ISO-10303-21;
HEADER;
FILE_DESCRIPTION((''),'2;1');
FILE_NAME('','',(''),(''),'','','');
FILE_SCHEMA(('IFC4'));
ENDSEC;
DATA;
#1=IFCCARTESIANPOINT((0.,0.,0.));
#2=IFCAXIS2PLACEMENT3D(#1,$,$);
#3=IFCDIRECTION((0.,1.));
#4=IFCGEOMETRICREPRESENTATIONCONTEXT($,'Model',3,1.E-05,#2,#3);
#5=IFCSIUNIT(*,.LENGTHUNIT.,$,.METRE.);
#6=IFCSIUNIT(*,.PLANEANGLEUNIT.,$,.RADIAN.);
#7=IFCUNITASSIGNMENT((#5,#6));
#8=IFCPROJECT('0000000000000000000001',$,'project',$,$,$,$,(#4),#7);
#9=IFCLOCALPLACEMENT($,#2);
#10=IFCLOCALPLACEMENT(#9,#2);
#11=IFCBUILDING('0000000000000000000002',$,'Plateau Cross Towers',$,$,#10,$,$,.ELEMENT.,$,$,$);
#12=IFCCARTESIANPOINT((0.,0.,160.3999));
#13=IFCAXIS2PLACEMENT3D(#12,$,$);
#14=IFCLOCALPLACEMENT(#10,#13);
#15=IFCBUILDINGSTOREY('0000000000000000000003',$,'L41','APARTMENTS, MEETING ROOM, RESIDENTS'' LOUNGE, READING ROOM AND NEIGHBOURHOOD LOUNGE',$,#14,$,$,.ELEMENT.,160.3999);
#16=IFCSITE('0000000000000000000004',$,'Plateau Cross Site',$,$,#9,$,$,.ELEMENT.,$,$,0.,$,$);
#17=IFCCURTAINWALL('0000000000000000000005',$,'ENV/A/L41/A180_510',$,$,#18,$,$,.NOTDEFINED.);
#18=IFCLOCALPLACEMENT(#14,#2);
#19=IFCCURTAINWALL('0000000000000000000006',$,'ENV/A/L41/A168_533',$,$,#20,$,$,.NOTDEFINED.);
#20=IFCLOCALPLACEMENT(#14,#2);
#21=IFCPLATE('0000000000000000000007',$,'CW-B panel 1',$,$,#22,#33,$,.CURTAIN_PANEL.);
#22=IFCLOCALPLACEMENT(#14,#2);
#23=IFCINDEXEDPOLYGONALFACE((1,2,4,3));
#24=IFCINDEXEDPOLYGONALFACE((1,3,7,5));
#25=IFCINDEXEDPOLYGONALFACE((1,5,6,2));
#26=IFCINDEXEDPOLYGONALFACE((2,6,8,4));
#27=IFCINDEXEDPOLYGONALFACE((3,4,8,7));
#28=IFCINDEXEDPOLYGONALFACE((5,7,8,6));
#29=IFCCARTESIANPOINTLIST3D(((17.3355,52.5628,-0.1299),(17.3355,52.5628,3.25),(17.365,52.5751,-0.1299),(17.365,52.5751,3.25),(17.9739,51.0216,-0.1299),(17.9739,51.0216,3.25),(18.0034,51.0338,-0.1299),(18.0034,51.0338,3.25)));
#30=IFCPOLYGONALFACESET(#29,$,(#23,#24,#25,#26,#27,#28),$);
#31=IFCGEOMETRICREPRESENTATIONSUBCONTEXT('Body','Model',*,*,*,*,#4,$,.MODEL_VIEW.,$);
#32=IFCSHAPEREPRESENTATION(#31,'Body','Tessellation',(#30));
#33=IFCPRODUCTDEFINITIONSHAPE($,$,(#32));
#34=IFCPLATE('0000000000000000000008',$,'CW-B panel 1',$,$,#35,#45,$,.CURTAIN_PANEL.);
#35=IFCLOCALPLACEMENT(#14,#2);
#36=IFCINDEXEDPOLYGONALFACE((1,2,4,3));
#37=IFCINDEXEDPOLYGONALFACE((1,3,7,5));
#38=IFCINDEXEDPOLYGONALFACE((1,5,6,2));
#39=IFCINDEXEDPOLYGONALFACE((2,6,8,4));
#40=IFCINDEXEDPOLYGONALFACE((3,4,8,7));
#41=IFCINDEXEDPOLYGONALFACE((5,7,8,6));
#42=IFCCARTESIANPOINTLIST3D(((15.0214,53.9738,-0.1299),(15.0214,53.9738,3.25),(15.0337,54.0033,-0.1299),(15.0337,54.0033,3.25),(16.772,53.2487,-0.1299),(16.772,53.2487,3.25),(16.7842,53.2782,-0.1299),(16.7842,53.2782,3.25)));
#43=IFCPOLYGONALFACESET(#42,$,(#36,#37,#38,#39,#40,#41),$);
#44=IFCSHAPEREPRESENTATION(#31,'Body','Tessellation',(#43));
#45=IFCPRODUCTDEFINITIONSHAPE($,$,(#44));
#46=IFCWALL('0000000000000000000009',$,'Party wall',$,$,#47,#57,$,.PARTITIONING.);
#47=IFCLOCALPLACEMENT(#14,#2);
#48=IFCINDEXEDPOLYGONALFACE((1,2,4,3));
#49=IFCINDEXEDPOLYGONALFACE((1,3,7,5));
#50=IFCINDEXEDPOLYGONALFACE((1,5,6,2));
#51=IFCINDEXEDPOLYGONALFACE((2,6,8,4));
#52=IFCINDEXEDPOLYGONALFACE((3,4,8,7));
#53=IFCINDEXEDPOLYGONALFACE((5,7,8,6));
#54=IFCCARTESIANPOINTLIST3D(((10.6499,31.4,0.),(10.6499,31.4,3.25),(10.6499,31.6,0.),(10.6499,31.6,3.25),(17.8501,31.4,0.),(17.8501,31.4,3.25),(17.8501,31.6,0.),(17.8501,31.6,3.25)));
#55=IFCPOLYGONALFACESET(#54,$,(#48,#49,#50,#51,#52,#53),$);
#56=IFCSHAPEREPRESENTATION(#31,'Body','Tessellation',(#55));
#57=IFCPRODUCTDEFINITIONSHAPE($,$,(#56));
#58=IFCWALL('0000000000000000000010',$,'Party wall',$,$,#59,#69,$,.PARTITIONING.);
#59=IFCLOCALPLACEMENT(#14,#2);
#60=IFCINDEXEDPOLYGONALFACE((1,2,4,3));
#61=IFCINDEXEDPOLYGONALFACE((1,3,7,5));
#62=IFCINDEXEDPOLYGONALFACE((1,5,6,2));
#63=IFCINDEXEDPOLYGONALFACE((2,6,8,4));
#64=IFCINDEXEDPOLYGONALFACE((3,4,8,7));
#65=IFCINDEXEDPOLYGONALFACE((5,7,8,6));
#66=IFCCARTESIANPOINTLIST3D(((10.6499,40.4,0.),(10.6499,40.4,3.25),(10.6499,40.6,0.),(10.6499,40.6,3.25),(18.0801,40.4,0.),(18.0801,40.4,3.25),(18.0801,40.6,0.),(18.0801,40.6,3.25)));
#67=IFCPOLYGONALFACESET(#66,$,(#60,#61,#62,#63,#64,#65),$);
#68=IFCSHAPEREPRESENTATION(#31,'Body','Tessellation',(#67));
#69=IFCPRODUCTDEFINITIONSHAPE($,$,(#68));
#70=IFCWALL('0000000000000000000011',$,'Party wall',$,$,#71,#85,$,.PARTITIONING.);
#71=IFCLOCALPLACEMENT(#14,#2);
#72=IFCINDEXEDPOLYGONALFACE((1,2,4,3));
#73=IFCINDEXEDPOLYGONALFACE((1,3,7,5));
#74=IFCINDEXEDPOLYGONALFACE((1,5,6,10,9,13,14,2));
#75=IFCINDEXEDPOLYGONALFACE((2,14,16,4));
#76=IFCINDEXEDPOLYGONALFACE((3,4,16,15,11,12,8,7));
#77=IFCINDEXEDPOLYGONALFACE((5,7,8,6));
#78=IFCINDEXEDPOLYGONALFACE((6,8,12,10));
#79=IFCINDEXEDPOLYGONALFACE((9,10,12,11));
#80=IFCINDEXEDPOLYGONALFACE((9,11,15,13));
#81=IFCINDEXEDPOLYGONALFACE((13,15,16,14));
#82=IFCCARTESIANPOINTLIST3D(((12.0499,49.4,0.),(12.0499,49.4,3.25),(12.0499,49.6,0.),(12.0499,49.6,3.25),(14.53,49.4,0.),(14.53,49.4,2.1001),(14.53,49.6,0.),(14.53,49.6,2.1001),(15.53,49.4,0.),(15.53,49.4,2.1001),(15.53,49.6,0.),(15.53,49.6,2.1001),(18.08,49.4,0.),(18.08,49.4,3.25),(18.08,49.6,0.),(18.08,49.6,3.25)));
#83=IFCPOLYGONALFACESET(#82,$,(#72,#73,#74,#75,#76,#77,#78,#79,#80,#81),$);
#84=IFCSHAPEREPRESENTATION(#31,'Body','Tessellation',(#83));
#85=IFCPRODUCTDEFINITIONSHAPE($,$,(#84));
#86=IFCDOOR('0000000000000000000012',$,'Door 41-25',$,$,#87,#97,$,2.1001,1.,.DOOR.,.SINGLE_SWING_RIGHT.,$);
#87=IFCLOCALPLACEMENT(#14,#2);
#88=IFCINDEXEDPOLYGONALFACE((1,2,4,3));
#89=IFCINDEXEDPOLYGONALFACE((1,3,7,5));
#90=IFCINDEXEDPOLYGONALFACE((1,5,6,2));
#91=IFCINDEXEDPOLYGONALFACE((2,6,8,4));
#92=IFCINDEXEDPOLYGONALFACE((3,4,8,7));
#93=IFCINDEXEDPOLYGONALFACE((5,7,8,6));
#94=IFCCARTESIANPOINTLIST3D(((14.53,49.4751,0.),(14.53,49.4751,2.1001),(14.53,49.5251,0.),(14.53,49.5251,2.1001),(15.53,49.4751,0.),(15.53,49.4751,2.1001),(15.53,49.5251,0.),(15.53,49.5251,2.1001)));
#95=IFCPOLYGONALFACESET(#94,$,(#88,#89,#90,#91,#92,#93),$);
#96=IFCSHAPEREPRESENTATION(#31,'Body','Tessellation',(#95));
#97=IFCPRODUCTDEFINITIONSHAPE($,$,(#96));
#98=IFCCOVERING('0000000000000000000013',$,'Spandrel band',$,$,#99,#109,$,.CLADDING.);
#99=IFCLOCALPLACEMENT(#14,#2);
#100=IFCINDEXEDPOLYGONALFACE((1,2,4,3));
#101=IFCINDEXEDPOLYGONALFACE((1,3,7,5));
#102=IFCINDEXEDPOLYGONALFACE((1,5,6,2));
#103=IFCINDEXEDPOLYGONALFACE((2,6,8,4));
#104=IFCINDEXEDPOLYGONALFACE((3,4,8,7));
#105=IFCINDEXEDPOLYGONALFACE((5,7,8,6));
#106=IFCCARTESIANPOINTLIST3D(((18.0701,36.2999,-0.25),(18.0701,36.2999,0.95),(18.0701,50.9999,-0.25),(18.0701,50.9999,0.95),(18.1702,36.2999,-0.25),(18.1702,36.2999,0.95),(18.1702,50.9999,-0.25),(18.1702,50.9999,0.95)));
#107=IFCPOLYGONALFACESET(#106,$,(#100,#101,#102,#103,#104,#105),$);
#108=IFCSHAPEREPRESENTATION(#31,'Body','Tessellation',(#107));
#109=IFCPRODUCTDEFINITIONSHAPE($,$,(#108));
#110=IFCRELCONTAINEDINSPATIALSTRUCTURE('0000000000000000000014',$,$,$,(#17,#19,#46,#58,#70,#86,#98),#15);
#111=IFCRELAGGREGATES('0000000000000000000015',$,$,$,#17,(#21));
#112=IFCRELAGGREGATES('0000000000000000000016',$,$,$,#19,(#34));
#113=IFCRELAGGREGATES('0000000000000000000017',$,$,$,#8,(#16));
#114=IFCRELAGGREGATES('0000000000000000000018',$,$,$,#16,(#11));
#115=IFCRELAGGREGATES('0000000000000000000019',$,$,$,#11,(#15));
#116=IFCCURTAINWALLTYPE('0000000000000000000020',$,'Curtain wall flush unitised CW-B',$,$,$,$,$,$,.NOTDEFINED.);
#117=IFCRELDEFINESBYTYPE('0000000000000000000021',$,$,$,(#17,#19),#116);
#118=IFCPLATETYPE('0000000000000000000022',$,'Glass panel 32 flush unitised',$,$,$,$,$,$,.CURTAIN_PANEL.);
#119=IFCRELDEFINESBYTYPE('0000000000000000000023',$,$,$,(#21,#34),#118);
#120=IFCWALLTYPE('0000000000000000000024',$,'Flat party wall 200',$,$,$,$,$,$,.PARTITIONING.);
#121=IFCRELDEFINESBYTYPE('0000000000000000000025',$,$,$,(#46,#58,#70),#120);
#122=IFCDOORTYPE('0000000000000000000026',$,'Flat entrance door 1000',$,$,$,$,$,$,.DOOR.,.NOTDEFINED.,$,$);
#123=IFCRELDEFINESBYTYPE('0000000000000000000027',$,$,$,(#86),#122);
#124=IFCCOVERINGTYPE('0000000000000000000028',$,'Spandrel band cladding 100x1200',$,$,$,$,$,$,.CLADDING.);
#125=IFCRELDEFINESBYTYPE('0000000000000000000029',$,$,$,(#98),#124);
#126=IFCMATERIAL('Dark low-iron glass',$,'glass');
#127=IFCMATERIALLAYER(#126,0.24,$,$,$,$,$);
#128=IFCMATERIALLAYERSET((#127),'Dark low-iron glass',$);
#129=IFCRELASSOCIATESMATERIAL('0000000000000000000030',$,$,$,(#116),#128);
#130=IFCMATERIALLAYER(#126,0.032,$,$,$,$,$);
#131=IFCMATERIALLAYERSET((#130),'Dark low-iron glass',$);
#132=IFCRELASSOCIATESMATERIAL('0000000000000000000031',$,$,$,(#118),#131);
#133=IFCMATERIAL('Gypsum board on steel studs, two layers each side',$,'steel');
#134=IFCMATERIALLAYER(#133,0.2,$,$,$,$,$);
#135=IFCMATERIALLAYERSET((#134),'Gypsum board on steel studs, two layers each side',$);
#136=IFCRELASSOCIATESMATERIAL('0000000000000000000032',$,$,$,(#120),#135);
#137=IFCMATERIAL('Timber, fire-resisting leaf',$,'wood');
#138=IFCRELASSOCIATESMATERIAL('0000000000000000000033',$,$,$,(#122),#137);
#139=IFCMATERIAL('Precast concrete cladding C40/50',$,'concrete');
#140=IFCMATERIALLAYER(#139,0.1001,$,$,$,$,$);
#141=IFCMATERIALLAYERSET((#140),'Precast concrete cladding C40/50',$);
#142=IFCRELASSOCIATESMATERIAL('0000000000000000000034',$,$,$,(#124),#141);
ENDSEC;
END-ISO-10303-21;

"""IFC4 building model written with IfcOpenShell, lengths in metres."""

from ifc_helpers import new_model, si_unit, direction, frame, frame_2d, origin, origin_2d, place, context, subcontext, project, spatial, rectangle, extrude, material, layer, layer_set, type_object, element, fill, aggregate, save


model = new_model("IFC4")

# Units and contexts
model_context = context("Model", 3, precision=1e-05, world=origin(), true_north=direction((0.0, 1.0)))
body_context = subcontext(model_context, "Body", "Model", "MODEL_VIEW")
ifc_project = project(units=[si_unit("LENGTHUNIT", "METRE"), si_unit("PLANEANGLEUNIT", "RADIAN")], contexts=[model_context])

# Site, building, storey
site_placement = place(None, origin())
site = spatial("IfcSite", under=ifc_project, at=site_placement, Name="Plateau Cross Site", CompositionType="ELEMENT", RefElevation=0.0)
building_placement = place(site_placement, origin())
building = spatial("IfcBuilding", under=site, at=building_placement, Name="Plateau Cross Towers", CompositionType="ELEMENT")
storey_placement = place(building_placement, frame((0.0, 0.0, 160.3999)))
storey = spatial("IfcBuildingStorey", under=building, at=storey_placement, Name="L41", Description="APARTMENTS, MEETING ROOM, RESIDENTS' LOUNGE, READING ROOM AND NEIGHBOURHOOD LOUNGE", CompositionType="ELEMENT", Elevation=160.3999)

# Curtain wall
ifc_material_1 = material(Name="Dark low-iron glass", Category="glass")
ifc_layer_1 = layer(ifc_material_1, 0.24)
ifc_layer_set_1 = layer_set([ifc_layer_1], Name="Dark low-iron glass")
curtain_wall_type = type_object("IfcCurtainWallType", Name="Curtain wall flush unitised CW-B", PredefinedType="NOTDEFINED", material=ifc_layer_set_1)
curtain_wall_1_placement = place(storey_placement, origin())
curtain_wall_1 = element("IfcCurtainWall", 1, at=curtain_wall_1_placement, inside=storey, type_object=curtain_wall_type, Name="ENV/A/L41/A180_510", PredefinedType="NOTDEFINED")

# Curtain wall
curtain_wall_2_placement = place(storey_placement, origin())
curtain_wall_2 = element("IfcCurtainWall", 2, at=curtain_wall_2_placement, inside=storey, type_object=curtain_wall_type, Name="ENV/A/L41/A168_533", PredefinedType="NOTDEFINED")

# Plates
ifc_layer_2 = layer(ifc_material_1, 0.032)
ifc_layer_set_2 = layer_set([ifc_layer_2], Name="Dark low-iron glass")
plate_type = type_object("IfcPlateType", Name="Glass panel 32 flush unitised", PredefinedType="CURTAIN_PANEL", material=ifc_layer_set_2)
plate_1_placement = place(storey_placement, frame((17.6694, 51.7983, -0.1299), z_axis=(0.0, 0.0, 1.0), x_axis=(-0.382684, 0.923879, 0.0)))
plate_1 = element("IfcPlate", 3, at=plate_1_placement, type_object=plate_type, Name="CW-B panel 1", PredefinedType="CURTAIN_PANEL", context=body_context, shape_type="SweptSolid", body=[
    extrude(rectangle(XDim=1.6682, YDim=0.032, at=origin_2d()), origin(), (0.0, 0.0, 1.0), 3.3799),
])
aggregate(curtain_wall_1, [plate_1])
plate_2_placement = place(storey_placement, frame((15.9028, 53.626, -0.1299), z_axis=(0.0, 0.0, 1.0), x_axis=(-0.923879, 0.382684, 0.0)))
plate_2 = element("IfcPlate", 4, at=plate_2_placement, type_object=plate_type, Name="CW-B panel 1", PredefinedType="CURTAIN_PANEL", context=body_context, shape_type="SweptSolid", body=[
    extrude(rectangle(XDim=1.8948, YDim=0.032, at=origin_2d()), origin(), (0.0, 0.0, 1.0), 3.3799),
])
aggregate(curtain_wall_2, [plate_2])

# Walls
ifc_material_2 = material(Name="Gypsum board on steel studs, two layers each side", Category="steel")
ifc_layer_3 = layer(ifc_material_2, 0.2)
ifc_layer_set_3 = layer_set([ifc_layer_3], Name="Gypsum board on steel studs, two layers each side")
wall_type_1 = type_object("IfcWallType", Name="Flat party wall 200", PredefinedType="PARTITIONING", material=ifc_layer_set_3)
wall_1_placement = place(storey_placement, frame((17.8501, 31.5, 0.0), z_axis=(0.0, 0.0, 1.0), x_axis=(-1.0, 0.0, 0.0)))
element("IfcWall", 5, at=wall_1_placement, inside=storey, type_object=wall_type_1, Name="Party wall", PredefinedType="PARTITIONING", context=body_context, shape_type="SweptSolid", body=[
    extrude(rectangle(XDim=7.2002, YDim=0.2, at=frame_2d((3.6001, 0.0))), origin(), (0.0, 0.0, 1.0), 3.25),
])
wall_2_placement = place(storey_placement, frame((18.0801, 40.5, 0.0), z_axis=(0.0, 0.0, 1.0), x_axis=(-1.0, 0.0, 0.0)))
element("IfcWall", 6, at=wall_2_placement, inside=storey, type_object=wall_type_1, Name="Party wall", PredefinedType="PARTITIONING", context=body_context, shape_type="SweptSolid", body=[
    extrude(rectangle(XDim=7.4302, YDim=0.2, at=frame_2d((3.7151, 0.0))), origin(), (0.0, 0.0, 1.0), 3.25),
])

# Wall, opening, door
wall_3_placement = place(storey_placement, frame((18.0801, 49.5, 0.0), z_axis=(0.0, 0.0, 1.0), x_axis=(-1.0, 0.0, 0.0)))
wall_3 = element("IfcWall", 7, at=wall_3_placement, inside=storey, type_object=wall_type_1, Name="Party wall", PredefinedType="PARTITIONING", context=body_context, shape_type="SweptSolid", body=[
    extrude(rectangle(XDim=6.03, YDim=0.2, at=frame_2d((3.0151, 0.0))), origin(), (0.0, 0.0, 1.0), 3.25),
])
opening_1_placement = place(wall_3_placement, frame((2.55, 0.0, 0.0)))
opening_1 = element("IfcOpeningElement", 8, at=opening_1_placement, cuts=wall_3, PredefinedType="OPENING", context=body_context, shape_type="SweptSolid", body=[
    extrude(rectangle(XDim=1.0, YDim=2.1001, at=frame_2d((0.5, 1.05))), frame((0.0, 0.1099, 0.0), z_axis=(0.0, -1.0, 0.0), x_axis=(1.0, 0.0, 0.0)), (0.0, 0.0, 1.0), 0.22),
])
ifc_material_3 = material(Name="Timber, fire-resisting leaf", Category="wood")
door_type_1 = type_object("IfcDoorType", Name="Flat entrance door 1000", OperationType="NOTDEFINED", PredefinedType="DOOR", material=ifc_material_3)
door_1_placement = place(opening_1_placement, origin())
door_1 = element("IfcDoor", 9, at=door_1_placement, inside=storey, type_object=door_type_1, Name="Door 41-25", OperationType="SINGLE_SWING_RIGHT", OverallHeight=2.1001, OverallWidth=1.0, PredefinedType="DOOR", context=body_context, shape_type="SweptSolid", body=[
    extrude(rectangle(XDim=1.0, YDim=2.1001, at=frame_2d((0.5, 1.05))), frame((0.0, 0.0249, 0.0), z_axis=(0.0, -1.0, 0.0), x_axis=(1.0, 0.0, 0.0)), (0.0, 0.0, 1.0), 0.05),
])
fill(opening_1, door_1)

# Covering
ifc_material_4 = material(Name="Precast concrete cladding C40/50", Category="concrete")
ifc_layer_4 = layer(ifc_material_4, 0.1001)
ifc_layer_set_4 = layer_set([ifc_layer_4], Name="Precast concrete cladding C40/50")
covering_type = type_object("IfcCoveringType", Name="Spandrel band cladding 100x1200", PredefinedType="CLADDING", material=ifc_layer_set_4)
covering_placement = place(storey_placement, frame((18.1201, 43.6499, -0.25), z_axis=(0.0, 0.0, 1.0), x_axis=(0.0, 1.0, 0.0)))
element("IfcCovering", 10, at=covering_placement, inside=storey, type_object=covering_type, Name="Spandrel band", PredefinedType="CLADDING", context=body_context, shape_type="SweptSolid", body=[
    extrude(rectangle(XDim=14.7, YDim=0.1001, at=origin_2d()), origin(), (0.0, 0.0, 1.0), 1.2),
])

save(model, "model.ifc")
